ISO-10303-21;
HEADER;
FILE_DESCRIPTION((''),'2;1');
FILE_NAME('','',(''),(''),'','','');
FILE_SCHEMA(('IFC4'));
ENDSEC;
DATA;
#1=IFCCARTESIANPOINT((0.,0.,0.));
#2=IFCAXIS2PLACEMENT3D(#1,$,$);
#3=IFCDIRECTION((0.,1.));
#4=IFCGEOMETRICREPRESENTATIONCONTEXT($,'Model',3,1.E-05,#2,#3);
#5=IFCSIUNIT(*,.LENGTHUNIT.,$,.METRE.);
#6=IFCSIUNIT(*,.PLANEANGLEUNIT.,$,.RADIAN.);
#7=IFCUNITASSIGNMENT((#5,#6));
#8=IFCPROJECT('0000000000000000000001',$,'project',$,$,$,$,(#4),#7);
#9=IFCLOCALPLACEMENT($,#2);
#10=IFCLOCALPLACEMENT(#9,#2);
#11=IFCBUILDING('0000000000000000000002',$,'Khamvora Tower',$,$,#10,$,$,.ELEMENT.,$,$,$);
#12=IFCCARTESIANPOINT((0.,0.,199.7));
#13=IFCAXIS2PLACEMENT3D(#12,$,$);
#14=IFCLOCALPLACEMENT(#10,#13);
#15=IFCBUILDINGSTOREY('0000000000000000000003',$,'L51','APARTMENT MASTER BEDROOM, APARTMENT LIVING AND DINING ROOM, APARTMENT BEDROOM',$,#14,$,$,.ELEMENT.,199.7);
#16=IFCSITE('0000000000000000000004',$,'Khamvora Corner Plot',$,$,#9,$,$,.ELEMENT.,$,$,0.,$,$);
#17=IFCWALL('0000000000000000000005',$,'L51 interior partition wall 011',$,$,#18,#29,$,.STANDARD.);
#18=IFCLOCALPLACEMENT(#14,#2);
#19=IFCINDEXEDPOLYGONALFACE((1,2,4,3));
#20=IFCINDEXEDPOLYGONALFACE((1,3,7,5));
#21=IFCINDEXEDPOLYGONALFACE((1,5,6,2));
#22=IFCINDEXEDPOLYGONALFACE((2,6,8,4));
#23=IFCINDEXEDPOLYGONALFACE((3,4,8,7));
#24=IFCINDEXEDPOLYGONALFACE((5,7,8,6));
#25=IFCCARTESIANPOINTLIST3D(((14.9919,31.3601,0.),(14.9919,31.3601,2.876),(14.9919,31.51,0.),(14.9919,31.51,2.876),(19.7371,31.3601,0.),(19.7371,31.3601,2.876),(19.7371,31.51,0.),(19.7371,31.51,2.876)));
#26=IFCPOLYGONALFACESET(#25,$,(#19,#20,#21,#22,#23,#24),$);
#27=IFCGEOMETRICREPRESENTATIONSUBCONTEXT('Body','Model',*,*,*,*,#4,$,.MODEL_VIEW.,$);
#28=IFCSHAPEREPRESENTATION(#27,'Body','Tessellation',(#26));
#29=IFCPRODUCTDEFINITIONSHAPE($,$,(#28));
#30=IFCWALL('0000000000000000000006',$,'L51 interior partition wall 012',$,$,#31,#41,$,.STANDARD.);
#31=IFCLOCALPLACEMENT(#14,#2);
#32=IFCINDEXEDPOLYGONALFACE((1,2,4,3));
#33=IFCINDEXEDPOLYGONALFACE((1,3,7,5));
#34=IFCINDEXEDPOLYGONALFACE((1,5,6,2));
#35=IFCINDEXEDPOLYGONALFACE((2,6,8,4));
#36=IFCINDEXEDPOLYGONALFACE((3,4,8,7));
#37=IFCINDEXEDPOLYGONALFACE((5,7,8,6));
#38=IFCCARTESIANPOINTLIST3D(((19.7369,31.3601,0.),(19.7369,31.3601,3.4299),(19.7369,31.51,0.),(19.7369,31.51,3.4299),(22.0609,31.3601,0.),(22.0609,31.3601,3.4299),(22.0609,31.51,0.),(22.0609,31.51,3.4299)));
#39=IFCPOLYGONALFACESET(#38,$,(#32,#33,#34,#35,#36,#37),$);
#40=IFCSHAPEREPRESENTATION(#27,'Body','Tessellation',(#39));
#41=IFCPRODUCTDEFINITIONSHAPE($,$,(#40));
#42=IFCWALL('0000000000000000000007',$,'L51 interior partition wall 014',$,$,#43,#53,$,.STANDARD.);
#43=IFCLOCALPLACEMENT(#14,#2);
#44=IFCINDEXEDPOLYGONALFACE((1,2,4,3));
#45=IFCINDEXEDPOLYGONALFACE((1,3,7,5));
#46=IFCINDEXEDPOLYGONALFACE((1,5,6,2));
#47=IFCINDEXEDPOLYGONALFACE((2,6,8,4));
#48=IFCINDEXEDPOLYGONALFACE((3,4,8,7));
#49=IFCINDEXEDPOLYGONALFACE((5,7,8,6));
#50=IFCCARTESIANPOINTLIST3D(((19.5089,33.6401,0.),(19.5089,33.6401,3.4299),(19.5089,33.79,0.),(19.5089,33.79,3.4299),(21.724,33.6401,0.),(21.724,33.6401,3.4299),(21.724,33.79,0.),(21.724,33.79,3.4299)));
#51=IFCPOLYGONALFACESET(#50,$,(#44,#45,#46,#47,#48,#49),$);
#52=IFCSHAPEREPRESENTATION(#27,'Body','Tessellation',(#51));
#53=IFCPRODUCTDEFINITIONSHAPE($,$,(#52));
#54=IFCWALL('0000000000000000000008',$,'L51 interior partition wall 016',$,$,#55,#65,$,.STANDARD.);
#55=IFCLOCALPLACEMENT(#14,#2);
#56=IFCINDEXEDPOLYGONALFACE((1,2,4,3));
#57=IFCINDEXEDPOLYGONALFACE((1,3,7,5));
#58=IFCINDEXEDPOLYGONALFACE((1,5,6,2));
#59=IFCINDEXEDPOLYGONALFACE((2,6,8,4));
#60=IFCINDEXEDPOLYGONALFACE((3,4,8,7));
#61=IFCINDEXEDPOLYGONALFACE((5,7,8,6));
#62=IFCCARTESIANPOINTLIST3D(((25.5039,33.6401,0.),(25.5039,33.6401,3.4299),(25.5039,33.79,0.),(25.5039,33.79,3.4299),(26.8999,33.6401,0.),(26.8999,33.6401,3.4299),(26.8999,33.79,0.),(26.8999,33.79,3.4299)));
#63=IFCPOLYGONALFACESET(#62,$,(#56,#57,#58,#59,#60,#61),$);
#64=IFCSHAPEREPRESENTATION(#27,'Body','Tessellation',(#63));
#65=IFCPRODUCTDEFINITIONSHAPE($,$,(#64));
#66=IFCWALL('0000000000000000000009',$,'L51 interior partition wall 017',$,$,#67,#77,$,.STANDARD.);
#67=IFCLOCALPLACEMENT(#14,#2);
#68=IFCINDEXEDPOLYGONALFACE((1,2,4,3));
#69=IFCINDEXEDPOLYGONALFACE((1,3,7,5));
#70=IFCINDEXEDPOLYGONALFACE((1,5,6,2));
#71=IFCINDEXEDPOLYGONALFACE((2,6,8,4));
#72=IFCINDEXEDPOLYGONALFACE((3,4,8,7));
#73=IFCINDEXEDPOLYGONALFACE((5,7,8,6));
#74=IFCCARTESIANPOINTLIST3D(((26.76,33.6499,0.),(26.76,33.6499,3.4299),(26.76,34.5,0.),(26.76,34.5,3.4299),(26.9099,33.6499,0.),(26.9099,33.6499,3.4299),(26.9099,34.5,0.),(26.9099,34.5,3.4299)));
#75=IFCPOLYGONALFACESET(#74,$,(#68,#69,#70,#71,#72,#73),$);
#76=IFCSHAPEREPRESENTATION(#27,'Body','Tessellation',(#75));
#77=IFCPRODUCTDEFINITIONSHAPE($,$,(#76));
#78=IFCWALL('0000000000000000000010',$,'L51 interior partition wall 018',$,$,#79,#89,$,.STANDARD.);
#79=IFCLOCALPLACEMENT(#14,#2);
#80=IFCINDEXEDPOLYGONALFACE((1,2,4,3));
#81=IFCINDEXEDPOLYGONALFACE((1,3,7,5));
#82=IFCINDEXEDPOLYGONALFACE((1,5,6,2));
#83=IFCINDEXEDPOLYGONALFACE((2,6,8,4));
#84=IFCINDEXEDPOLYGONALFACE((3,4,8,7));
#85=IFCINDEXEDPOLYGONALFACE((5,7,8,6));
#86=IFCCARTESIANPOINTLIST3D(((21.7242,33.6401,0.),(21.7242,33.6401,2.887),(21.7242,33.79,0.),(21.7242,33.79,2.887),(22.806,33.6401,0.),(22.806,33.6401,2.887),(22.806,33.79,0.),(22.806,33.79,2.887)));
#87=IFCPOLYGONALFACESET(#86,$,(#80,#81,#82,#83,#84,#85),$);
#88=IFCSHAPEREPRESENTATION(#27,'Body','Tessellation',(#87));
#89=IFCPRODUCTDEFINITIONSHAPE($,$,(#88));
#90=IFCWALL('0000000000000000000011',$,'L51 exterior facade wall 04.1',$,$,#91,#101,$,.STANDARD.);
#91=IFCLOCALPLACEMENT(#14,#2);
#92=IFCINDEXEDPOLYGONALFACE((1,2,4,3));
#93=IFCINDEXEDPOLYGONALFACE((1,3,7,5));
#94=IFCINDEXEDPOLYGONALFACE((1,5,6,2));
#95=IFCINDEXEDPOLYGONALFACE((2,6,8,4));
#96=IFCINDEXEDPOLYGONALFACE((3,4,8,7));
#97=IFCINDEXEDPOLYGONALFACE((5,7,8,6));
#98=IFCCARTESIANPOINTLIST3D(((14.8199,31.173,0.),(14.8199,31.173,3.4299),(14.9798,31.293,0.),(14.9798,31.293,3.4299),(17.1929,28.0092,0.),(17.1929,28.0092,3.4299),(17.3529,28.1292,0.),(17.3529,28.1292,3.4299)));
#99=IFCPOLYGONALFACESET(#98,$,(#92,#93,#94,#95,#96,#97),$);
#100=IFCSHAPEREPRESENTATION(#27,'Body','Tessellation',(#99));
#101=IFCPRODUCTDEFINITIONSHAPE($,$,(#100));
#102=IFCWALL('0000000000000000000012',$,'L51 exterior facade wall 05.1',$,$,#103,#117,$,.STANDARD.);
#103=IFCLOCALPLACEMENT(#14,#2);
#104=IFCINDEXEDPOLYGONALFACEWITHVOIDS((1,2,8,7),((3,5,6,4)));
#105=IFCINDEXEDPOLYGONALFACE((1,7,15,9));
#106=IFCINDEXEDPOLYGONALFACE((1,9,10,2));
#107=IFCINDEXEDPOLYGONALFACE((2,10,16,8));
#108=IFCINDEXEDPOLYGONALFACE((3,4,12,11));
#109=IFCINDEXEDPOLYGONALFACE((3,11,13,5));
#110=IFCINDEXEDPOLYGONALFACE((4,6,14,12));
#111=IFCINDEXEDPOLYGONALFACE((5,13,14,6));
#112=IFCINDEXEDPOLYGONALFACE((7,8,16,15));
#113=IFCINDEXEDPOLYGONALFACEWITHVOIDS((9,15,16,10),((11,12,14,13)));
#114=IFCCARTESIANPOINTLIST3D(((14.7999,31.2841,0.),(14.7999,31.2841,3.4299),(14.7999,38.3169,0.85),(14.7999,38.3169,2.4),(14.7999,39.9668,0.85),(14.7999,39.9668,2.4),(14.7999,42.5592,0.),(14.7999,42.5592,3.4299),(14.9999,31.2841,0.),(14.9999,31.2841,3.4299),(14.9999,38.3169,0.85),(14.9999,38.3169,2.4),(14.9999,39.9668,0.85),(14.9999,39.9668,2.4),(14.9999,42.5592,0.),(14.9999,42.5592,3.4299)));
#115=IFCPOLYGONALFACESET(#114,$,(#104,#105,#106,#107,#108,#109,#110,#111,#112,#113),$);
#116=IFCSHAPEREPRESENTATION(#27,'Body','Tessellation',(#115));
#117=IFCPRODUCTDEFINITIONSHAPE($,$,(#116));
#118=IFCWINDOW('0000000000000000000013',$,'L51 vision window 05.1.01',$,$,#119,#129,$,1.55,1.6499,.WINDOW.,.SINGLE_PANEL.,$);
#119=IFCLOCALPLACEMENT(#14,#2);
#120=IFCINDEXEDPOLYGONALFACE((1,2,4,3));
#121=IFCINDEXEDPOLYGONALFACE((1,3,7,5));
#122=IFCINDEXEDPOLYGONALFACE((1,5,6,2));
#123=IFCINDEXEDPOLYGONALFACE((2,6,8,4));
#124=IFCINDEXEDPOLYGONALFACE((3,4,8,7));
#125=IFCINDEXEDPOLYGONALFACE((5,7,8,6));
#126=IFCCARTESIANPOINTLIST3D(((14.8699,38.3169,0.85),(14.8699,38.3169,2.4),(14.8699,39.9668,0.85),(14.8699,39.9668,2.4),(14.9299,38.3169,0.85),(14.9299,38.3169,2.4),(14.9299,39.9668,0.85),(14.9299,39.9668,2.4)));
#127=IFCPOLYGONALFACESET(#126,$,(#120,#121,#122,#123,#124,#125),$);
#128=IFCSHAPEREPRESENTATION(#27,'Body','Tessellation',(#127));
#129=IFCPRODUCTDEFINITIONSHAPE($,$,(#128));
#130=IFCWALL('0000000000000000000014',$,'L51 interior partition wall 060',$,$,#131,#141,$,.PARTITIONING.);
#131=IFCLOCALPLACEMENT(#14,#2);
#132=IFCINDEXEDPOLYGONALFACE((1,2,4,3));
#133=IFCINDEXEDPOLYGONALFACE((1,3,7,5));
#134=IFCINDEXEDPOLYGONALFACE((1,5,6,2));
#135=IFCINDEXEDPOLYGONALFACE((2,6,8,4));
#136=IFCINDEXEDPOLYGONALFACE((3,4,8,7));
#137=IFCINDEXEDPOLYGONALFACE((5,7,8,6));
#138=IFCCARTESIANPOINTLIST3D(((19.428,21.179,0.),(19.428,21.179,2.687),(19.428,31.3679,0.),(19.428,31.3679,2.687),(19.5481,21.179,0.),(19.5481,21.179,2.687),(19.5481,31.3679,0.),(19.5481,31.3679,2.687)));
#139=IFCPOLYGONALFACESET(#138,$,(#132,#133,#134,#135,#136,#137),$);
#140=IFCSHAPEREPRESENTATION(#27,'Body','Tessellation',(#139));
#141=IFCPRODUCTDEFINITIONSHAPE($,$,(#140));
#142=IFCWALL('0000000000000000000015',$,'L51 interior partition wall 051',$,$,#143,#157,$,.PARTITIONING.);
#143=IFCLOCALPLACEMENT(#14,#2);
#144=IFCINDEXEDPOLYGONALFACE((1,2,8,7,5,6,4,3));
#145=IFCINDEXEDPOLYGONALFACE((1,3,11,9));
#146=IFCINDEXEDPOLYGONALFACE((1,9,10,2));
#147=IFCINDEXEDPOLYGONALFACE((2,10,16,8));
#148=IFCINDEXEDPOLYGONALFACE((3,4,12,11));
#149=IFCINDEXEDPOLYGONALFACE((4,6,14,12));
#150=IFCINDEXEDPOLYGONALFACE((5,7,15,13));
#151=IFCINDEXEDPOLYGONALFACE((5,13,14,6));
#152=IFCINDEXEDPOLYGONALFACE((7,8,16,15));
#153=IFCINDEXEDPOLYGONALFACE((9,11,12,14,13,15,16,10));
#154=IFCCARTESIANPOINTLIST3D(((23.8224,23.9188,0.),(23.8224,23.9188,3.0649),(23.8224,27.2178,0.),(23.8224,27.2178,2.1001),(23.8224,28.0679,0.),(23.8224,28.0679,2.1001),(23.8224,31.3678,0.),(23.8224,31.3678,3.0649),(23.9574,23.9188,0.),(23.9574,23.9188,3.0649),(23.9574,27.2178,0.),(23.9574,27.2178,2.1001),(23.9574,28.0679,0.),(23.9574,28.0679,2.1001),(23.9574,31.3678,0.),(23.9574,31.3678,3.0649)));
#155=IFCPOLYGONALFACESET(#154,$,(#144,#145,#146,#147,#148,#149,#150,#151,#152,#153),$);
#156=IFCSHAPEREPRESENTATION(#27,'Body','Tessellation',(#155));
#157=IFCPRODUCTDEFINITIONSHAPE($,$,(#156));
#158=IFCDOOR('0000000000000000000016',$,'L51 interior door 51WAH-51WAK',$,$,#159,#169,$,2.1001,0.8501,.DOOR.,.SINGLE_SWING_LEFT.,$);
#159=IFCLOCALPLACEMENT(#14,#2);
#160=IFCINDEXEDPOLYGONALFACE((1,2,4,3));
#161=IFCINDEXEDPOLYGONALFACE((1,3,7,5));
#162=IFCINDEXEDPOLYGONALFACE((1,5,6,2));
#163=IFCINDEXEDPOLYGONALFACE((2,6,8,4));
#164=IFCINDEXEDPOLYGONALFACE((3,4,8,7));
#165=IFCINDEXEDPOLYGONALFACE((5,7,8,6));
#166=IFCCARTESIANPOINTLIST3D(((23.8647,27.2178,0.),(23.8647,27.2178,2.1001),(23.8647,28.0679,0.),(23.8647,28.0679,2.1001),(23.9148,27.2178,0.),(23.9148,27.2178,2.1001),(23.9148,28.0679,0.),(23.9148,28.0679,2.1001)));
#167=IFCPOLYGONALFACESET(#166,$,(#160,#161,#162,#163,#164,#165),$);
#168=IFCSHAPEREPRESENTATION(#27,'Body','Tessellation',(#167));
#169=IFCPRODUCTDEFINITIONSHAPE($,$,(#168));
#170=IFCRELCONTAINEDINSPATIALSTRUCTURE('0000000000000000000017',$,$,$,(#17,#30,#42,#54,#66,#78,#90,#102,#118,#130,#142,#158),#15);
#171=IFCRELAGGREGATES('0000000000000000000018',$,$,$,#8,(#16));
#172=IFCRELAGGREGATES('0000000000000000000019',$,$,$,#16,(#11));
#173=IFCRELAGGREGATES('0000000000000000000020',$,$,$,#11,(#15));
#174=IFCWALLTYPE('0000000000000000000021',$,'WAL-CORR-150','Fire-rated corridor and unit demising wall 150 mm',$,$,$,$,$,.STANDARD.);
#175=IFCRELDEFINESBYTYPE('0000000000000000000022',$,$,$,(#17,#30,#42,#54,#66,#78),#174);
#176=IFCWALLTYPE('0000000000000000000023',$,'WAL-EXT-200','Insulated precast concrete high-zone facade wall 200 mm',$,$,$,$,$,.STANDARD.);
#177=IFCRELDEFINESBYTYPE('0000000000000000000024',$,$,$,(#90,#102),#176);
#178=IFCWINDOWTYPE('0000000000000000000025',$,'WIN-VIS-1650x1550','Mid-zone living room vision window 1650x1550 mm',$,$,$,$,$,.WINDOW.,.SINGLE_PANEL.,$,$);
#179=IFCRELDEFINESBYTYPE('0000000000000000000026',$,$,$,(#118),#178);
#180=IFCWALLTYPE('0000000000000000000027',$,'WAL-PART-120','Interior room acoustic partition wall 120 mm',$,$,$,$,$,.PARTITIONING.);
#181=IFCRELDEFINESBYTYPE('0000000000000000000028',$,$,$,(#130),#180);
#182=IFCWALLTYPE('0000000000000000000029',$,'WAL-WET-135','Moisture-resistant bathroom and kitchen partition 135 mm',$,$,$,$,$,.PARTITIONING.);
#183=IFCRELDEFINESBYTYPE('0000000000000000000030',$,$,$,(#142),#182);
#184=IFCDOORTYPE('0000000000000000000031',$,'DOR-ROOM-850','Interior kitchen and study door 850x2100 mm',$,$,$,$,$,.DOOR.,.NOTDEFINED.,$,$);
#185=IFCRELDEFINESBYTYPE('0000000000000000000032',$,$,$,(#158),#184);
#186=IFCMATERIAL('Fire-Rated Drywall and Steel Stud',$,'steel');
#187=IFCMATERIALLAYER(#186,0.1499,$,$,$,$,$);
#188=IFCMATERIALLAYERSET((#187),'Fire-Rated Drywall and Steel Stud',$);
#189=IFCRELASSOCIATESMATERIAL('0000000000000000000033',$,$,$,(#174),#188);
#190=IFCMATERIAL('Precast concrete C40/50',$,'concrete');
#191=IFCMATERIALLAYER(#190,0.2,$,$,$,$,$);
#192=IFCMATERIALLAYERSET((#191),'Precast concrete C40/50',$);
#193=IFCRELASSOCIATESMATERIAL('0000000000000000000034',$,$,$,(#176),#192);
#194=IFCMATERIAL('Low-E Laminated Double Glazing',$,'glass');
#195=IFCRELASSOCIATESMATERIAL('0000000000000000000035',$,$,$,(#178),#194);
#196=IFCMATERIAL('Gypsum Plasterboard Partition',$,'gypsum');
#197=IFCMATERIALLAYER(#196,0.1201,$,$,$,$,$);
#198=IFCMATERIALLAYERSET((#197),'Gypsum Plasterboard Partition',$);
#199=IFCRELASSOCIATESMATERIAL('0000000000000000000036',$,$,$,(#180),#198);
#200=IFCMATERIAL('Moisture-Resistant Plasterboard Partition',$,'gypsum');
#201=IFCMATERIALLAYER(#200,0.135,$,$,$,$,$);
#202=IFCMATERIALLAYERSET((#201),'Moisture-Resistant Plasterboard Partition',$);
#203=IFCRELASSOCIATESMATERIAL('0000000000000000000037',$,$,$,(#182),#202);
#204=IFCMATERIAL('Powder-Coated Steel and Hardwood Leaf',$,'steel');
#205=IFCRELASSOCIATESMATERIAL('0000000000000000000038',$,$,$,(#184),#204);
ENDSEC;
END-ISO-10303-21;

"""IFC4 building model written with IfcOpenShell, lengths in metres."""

from ifc_helpers import new_model, si_unit, direction, frame, frame_2d, origin, place, context, subcontext, project, spatial, rectangle, extrude, material, layer, layer_set, type_object, element, fill, save


model = new_model("IFC4")

# Units and contexts
model_context = context("Model", 3, precision=1e-05, world=origin(), true_north=direction((0.0, 1.0)))
body_context = subcontext(model_context, "Body", "Model", "MODEL_VIEW")
ifc_project = project(units=[si_unit("LENGTHUNIT", "METRE"), si_unit("PLANEANGLEUNIT", "RADIAN")], contexts=[model_context])

# Site, building, storey
site_placement = place(None, origin())
site = spatial("IfcSite", under=ifc_project, at=site_placement, Name="Khamvora Corner Plot", CompositionType="ELEMENT", RefElevation=0.0)
building_placement = place(site_placement, origin())
building = spatial("IfcBuilding", under=site, at=building_placement, Name="Khamvora Tower", CompositionType="ELEMENT")
storey_placement = place(building_placement, frame((0.0, 0.0, 199.7)))
storey = spatial("IfcBuildingStorey", under=building, at=storey_placement, Name="L51", Description="APARTMENT MASTER BEDROOM, APARTMENT LIVING AND DINING ROOM, APARTMENT BEDROOM", CompositionType="ELEMENT", Elevation=199.7)

# Walls
ifc_material_1 = material(Name="Fire-Rated Drywall and Steel Stud", Category="steel")
ifc_layer_1 = layer(ifc_material_1, 0.1499)
ifc_layer_set_1 = layer_set([ifc_layer_1], Name="Fire-Rated Drywall and Steel Stud")
wall_type_1 = type_object("IfcWallType", Name="WAL-CORR-150", Description="Fire-rated corridor and unit demising wall 150 mm", PredefinedType="STANDARD", material=ifc_layer_set_1)
wall_1_placement = place(storey_placement, frame((19.7371, 31.4351, 0.0), z_axis=(0.0, 0.0, 1.0), x_axis=(-1.0, 0.0, 0.0)))
element("IfcWall", 1, at=wall_1_placement, inside=storey, type_object=wall_type_1, Name="L51 interior partition wall 011", PredefinedType="STANDARD", context=body_context, shape_type="SweptSolid", body=[
    extrude(rectangle(XDim=4.7451, YDim=0.1499, at=frame_2d((2.3726, 0.0))), origin(), (0.0, 0.0, 1.0), 2.876),
])
wall_2_placement = place(storey_placement, frame((22.061, 31.4351, 0.0), z_axis=(0.0, 0.0, 1.0), x_axis=(-1.0, 0.0, 0.0)))
element("IfcWall", 2, at=wall_2_placement, inside=storey, type_object=wall_type_1, Name="L51 interior partition wall 012", PredefinedType="STANDARD", context=body_context, shape_type="SweptSolid", body=[
    extrude(rectangle(XDim=2.324, YDim=0.1499, at=frame_2d((1.1621, 0.0))), origin(), (0.0, 0.0, 1.0), 3.4299),
])

# Shared definitions
ifc_material_2 = material(Name="Powder-Coated Steel and Hardwood Leaf", Category="steel")

# Wall
wall_3_placement = place(storey_placement, frame((19.509, 33.7151, 0.0), z_axis=(0.0, 0.0, 1.0), x_axis=(1.0, 0.0, 0.0)))
element("IfcWall", 3, at=wall_3_placement, inside=storey, type_object=wall_type_1, Name="L51 interior partition wall 014", PredefinedType="STANDARD", context=body_context, shape_type="SweptSolid", body=[
    extrude(rectangle(XDim=2.2151, YDim=0.1499, at=frame_2d((1.1074, 0.0))), origin(), (0.0, 0.0, 1.0), 3.4299),
])

# Walls
wall_4_placement = place(storey_placement, frame((25.5039, 33.7151, 0.0), z_axis=(0.0, 0.0, 1.0), x_axis=(1.0, 0.0, 0.0)))
element("IfcWall", 4, at=wall_4_placement, inside=storey, type_object=wall_type_1, Name="L51 interior partition wall 016", PredefinedType="STANDARD", context=body_context, shape_type="SweptSolid", body=[
    extrude(rectangle(XDim=1.396, YDim=0.1499, at=frame_2d((0.698, 0.0))), origin(), (0.0, 0.0, 1.0), 3.4299),
])
wall_5_placement = place(storey_placement, frame((26.835, 33.6499, 0.0), z_axis=(0.0, 0.0, 1.0), x_axis=(0.0, 1.0, 0.0)))
element("IfcWall", 5, at=wall_5_placement, inside=storey, type_object=wall_type_1, Name="L51 interior partition wall 017", PredefinedType="STANDARD", context=body_context, shape_type="SweptSolid", body=[
    extrude(rectangle(XDim=0.8501, YDim=0.1499, at=frame_2d((0.425, 0.0))), origin(), (0.0, 0.0, 1.0), 3.4299),
])
wall_6_placement = place(storey_placement, frame((21.7241, 33.7151, 0.0), z_axis=(0.0, 0.0, 1.0), x_axis=(1.0, 0.0, 0.0)))
element("IfcWall", 6, at=wall_6_placement, inside=storey, type_object=wall_type_1, Name="L51 interior partition wall 018", PredefinedType="STANDARD", context=body_context, shape_type="SweptSolid", body=[
    extrude(rectangle(XDim=1.0818, YDim=0.1499, at=frame_2d((0.541, 0.0))), origin(), (0.0, 0.0, 1.0), 2.887),
])
ifc_material_3 = material(Name="Precast concrete C40/50", Category="concrete")
ifc_layer_2 = layer(ifc_material_3, 0.2)
ifc_layer_set_2 = layer_set([ifc_layer_2], Name="Precast concrete C40/50")
wall_type_2 = type_object("IfcWallType", Name="WAL-EXT-200", Description="Insulated precast concrete high-zone facade wall 200 mm", PredefinedType="STANDARD", material=ifc_layer_set_2)
wall_7_placement = place(storey_placement, frame((17.2729, 28.0691, 0.0), z_axis=(0.0, 0.0, 1.0), x_axis=(-0.60003, 0.799978, 0.0)))
element("IfcWall", 7, at=wall_7_placement, inside=storey, type_object=wall_type_2, Name="L51 exterior facade wall 04.1", PredefinedType="STANDARD", context=body_context, shape_type="SweptSolid", body=[
    extrude(rectangle(XDim=3.9548, YDim=0.2, at=frame_2d((1.9775, 0.0))), origin(), (0.0, 0.0, 1.0), 3.4299),
])

# Wall, opening, window
wall_8_placement = place(storey_placement, frame((14.8999, 31.2839, 0.0), z_axis=(0.0, 0.0, 1.0), x_axis=(0.0, 1.0, 0.0)))
wall_8 = element("IfcWall", 8, at=wall_8_placement, inside=storey, type_object=wall_type_2, Name="L51 exterior facade wall 05.1", PredefinedType="STANDARD", context=body_context, shape_type="SweptSolid", body=[
    extrude(rectangle(XDim=11.2751, YDim=0.2, at=frame_2d((5.6377, 0.0))), origin(), (0.0, 0.0, 1.0), 3.4299),
])
opening_1_placement = place(wall_8_placement, frame((7.033, 0.0, 0.8501)))
opening_1 = element("IfcOpeningElement", 9, at=opening_1_placement, cuts=wall_8, PredefinedType="OPENING", context=body_context, shape_type="SweptSolid", body=[
    extrude(rectangle(XDim=1.6499, YDim=1.55, at=frame_2d((0.825, 0.7749))), frame((0.0, 0.1099, 0.0), z_axis=(0.0, -1.0, 0.0), x_axis=(1.0, 0.0, 0.0)), (0.0, 0.0, 1.0), 0.22),
])
ifc_material_4 = material(Name="Low-E Laminated Double Glazing", Category="glass")
window_type = type_object("IfcWindowType", Name="WIN-VIS-1650x1550", Description="Mid-zone living room vision window 1650x1550 mm", PartitioningType="SINGLE_PANEL", PredefinedType="WINDOW", material=ifc_material_4)
window_placement = place(opening_1_placement, origin())
window = element("IfcWindow", 10, at=window_placement, inside=storey, type_object=window_type, Name="L51 vision window 05.1.01", OverallHeight=1.55, OverallWidth=1.6499, PartitioningType="SINGLE_PANEL", PredefinedType="WINDOW", context=body_context, shape_type="SweptSolid", body=[
    extrude(rectangle(XDim=1.6499, YDim=1.55, at=frame_2d((0.825, 0.7749))), frame((0.0, 0.03, 0.0), z_axis=(0.0, -1.0, 0.0), x_axis=(1.0, 0.0, 0.0)), (0.0, 0.0, 1.0), 0.0601),
])
fill(opening_1, window)

# Wall
ifc_material_5 = material(Name="Gypsum Plasterboard Partition", Category="gypsum")
ifc_layer_3 = layer(ifc_material_5, 0.1201)
ifc_layer_set_3 = layer_set([ifc_layer_3], Name="Gypsum Plasterboard Partition")
wall_type_3 = type_object("IfcWallType", Name="WAL-PART-120", Description="Interior room acoustic partition wall 120 mm", PredefinedType="PARTITIONING", material=ifc_layer_set_3)
wall_9_placement = place(storey_placement, frame((19.488, 31.3679, 0.0), z_axis=(0.0, 0.0, 1.0), x_axis=(0.0, -1.0, 0.0)))
element("IfcWall", 11, at=wall_9_placement, inside=storey, type_object=wall_type_3, Name="L51 interior partition wall 060", PredefinedType="PARTITIONING", context=body_context, shape_type="SweptSolid", body=[
    extrude(rectangle(XDim=10.189, YDim=0.1201, at=frame_2d((5.0945, 0.0))), origin(), (0.0, 0.0, 1.0), 2.687),
])

# Wall, opening, door
ifc_material_6 = material(Name="Moisture-Resistant Plasterboard Partition", Category="gypsum")
ifc_layer_4 = layer(ifc_material_6, 0.135)
ifc_layer_set_4 = layer_set([ifc_layer_4], Name="Moisture-Resistant Plasterboard Partition")
wall_type_4 = type_object("IfcWallType", Name="WAL-WET-135", Description="Moisture-resistant bathroom and kitchen partition 135 mm", PredefinedType="PARTITIONING", material=ifc_layer_set_4)
wall_10_placement = place(storey_placement, frame((23.8899, 31.3679, 0.0), z_axis=(0.0, 0.0, 1.0), x_axis=(0.0, -1.0, 0.0)))
wall_10 = element("IfcWall", 12, at=wall_10_placement, inside=storey, type_object=wall_type_4, Name="L51 interior partition wall 051", PredefinedType="PARTITIONING", context=body_context, shape_type="SweptSolid", body=[
    extrude(rectangle(XDim=7.449, YDim=0.135, at=frame_2d((3.7246, 0.0))), origin(), (0.0, 0.0, 1.0), 3.0649),
])
opening_2_placement = place(wall_10_placement, frame((3.3, 0.0, 0.0)))
opening_2 = element("IfcOpeningElement", 13, at=opening_2_placement, cuts=wall_10, PredefinedType="OPENING", context=body_context, shape_type="SweptSolid", body=[
    extrude(rectangle(XDim=0.8501, YDim=2.1001, at=frame_2d((0.425, 1.05))), frame((0.0, 0.0774, 0.0), z_axis=(0.0, -1.0, 0.0), x_axis=(1.0, 0.0, 0.0)), (0.0, 0.0, 1.0), 0.155),
])
door_type_1 = type_object("IfcDoorType", Name="DOR-ROOM-850", Description="Interior kitchen and study door 850x2100 mm", OperationType="NOTDEFINED", PredefinedType="DOOR", material=ifc_material_2)
door_1_placement = place(opening_2_placement, origin())
door_1 = element("IfcDoor", 14, at=door_1_placement, inside=storey, type_object=door_type_1, Name="L51 interior door 51WAH-51WAK", OperationType="SINGLE_SWING_LEFT", OverallHeight=2.1001, OverallWidth=0.8501, PredefinedType="DOOR", context=body_context, shape_type="SweptSolid", body=[
    extrude(rectangle(XDim=0.8501, YDim=2.1001, at=frame_2d((0.425, 1.05))), frame((0.0, 0.0249, 0.0), z_axis=(0.0, -1.0, 0.0), x_axis=(1.0, 0.0, 0.0)), (0.0, 0.0, 1.0), 0.05),
])
fill(opening_2, door_1)

save(model, "model.ifc")
